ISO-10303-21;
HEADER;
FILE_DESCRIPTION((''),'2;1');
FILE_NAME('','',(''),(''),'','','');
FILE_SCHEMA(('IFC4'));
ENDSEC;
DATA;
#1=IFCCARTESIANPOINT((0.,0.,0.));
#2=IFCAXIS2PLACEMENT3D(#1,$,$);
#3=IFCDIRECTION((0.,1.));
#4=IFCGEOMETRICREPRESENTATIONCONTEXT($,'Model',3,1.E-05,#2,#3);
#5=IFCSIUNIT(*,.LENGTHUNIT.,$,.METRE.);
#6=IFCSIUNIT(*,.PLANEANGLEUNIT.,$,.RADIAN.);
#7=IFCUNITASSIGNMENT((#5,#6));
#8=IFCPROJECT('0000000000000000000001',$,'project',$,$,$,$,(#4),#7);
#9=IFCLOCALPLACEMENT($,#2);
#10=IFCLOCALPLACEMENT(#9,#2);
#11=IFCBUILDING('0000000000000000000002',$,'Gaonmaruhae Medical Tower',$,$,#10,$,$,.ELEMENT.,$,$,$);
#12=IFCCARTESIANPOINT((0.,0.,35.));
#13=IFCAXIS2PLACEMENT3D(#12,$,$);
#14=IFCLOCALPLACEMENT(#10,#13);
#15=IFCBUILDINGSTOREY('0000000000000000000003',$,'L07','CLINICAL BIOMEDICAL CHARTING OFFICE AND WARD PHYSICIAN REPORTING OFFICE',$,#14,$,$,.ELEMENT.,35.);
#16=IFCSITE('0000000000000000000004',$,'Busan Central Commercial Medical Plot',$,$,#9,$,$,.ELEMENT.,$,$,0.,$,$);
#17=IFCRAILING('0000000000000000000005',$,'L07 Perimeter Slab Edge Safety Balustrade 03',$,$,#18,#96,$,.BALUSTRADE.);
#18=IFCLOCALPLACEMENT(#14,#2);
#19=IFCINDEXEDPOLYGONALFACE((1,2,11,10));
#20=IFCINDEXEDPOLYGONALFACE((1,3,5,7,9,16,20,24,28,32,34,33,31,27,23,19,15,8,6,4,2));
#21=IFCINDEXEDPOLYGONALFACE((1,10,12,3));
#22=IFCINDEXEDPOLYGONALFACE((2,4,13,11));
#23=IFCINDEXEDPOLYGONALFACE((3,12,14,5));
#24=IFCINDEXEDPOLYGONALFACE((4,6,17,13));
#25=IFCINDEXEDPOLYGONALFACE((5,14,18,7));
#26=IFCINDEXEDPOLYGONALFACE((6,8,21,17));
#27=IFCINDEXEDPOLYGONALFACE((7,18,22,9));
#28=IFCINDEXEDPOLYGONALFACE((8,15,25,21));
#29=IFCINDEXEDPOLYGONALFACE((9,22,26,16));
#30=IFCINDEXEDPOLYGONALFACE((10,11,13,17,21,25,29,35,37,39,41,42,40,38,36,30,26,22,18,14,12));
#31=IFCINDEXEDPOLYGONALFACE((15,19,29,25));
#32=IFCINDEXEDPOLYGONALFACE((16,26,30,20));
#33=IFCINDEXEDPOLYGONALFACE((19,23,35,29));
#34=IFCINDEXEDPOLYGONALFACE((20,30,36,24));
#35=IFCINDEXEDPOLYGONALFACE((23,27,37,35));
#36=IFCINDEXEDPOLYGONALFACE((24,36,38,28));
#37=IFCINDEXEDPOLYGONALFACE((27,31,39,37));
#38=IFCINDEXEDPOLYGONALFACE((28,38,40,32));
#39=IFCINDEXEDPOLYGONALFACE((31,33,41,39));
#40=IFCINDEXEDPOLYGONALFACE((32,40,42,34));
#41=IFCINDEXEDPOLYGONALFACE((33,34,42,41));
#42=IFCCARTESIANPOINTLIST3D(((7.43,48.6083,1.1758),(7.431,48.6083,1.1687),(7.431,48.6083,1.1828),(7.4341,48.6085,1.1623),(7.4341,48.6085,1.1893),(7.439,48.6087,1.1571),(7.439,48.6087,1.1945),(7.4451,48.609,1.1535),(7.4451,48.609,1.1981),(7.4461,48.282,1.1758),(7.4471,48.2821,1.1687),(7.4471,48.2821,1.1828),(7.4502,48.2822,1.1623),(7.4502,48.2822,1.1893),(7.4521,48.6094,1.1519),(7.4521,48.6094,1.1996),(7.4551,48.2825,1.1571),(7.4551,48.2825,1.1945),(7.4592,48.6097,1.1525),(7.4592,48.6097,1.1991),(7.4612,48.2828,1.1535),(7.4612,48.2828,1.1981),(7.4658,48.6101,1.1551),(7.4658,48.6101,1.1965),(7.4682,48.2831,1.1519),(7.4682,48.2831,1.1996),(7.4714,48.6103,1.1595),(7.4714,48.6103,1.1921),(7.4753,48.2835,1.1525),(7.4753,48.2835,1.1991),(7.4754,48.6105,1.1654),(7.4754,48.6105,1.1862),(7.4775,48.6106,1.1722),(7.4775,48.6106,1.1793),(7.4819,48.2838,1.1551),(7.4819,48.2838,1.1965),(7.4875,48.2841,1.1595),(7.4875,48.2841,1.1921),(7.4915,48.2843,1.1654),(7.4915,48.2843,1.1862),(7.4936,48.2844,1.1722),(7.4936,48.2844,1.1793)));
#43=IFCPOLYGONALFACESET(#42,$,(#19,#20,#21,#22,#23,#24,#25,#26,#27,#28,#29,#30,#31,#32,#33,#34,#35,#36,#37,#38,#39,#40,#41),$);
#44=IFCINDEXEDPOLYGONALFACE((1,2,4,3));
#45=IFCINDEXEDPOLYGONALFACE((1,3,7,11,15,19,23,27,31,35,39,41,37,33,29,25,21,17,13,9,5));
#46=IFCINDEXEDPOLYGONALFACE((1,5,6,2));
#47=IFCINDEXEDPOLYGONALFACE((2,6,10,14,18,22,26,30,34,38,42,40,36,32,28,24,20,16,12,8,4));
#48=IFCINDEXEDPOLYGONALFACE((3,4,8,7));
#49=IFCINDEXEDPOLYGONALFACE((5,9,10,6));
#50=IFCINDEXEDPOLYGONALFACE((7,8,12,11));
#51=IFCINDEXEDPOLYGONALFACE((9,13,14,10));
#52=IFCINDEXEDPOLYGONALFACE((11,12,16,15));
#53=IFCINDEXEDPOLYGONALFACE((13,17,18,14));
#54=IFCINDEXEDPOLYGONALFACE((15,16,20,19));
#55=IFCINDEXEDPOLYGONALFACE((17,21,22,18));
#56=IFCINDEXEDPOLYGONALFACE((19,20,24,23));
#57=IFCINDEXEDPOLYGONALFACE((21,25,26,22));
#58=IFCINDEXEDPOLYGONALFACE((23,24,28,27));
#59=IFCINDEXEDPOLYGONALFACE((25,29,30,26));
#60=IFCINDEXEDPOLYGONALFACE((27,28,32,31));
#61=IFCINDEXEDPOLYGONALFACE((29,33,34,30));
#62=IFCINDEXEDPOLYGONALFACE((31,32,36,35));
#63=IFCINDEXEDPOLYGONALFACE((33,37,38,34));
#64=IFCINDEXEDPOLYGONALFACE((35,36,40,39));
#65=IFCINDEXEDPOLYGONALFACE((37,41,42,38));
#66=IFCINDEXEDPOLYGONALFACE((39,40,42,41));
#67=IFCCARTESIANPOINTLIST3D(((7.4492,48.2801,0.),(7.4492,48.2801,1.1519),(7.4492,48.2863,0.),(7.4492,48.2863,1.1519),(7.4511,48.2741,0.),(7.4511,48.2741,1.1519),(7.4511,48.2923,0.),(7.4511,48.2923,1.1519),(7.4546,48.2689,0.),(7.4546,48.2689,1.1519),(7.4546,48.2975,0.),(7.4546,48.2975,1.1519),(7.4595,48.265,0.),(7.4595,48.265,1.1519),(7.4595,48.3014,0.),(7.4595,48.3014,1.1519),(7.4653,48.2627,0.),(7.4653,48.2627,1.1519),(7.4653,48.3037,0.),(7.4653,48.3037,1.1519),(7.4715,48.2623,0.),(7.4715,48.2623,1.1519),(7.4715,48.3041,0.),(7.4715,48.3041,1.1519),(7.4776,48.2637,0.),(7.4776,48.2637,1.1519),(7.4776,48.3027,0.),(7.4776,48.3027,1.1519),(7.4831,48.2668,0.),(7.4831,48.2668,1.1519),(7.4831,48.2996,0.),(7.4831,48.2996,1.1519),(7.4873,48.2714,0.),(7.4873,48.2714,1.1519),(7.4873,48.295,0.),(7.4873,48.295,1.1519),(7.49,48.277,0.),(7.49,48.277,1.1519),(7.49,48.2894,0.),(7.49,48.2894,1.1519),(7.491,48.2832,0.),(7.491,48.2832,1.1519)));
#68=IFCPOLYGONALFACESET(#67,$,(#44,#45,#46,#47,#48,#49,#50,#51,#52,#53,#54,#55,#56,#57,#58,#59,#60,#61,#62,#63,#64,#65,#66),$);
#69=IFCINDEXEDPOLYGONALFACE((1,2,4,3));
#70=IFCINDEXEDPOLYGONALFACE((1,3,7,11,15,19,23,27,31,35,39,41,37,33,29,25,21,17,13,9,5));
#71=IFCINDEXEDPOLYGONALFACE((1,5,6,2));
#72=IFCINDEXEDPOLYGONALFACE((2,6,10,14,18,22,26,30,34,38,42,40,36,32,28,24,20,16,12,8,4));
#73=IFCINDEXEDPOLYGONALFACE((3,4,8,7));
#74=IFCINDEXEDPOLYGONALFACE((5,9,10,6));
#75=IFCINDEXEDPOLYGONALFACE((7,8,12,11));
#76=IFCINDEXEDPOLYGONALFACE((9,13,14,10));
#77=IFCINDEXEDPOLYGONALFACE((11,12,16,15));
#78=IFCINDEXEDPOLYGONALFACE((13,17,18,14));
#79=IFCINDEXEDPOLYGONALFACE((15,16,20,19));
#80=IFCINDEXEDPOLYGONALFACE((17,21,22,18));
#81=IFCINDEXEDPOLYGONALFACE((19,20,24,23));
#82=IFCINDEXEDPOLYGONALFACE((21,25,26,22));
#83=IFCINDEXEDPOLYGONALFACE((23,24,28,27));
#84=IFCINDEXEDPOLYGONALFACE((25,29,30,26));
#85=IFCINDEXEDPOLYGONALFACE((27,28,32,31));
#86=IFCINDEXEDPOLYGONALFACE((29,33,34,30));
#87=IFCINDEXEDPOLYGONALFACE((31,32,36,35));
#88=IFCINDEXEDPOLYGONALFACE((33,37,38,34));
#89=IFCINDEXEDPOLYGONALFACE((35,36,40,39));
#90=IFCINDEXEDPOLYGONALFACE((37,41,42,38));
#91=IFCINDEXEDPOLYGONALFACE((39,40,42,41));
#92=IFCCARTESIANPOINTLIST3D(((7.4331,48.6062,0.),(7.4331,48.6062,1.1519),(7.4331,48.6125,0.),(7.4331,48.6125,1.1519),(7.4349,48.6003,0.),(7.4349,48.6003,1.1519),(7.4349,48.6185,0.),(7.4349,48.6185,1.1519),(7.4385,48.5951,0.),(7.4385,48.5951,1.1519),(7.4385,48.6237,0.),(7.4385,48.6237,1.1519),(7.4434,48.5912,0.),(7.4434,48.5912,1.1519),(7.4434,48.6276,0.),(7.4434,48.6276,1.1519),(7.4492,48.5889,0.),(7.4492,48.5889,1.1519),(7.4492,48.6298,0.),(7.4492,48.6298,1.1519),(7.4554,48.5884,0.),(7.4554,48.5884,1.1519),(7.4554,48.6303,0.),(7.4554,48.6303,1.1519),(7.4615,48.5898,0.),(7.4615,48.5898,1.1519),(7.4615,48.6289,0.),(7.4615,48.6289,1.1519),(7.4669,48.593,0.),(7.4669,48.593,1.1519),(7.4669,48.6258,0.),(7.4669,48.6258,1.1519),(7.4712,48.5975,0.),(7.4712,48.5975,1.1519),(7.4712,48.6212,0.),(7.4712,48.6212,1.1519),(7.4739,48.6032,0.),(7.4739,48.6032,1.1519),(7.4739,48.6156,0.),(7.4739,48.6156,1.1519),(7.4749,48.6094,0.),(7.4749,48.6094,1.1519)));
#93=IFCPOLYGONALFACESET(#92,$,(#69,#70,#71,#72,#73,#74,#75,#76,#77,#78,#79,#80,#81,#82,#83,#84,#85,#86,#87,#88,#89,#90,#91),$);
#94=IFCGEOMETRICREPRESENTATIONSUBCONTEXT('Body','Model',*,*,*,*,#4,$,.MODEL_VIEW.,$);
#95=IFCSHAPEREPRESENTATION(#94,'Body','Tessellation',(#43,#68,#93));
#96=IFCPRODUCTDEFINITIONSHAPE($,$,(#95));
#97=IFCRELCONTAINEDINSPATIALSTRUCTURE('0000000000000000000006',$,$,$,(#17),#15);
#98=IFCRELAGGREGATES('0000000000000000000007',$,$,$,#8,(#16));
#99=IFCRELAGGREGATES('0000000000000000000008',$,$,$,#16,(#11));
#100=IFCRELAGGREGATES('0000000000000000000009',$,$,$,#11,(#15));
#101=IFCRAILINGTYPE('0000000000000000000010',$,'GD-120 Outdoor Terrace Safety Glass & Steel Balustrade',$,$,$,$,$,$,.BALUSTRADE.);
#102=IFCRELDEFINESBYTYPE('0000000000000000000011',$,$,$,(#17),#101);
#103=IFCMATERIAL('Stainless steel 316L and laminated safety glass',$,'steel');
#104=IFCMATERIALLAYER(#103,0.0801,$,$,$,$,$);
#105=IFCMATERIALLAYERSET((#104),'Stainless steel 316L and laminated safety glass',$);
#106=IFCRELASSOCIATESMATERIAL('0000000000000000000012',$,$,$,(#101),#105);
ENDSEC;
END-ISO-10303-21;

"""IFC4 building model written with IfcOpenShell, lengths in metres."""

from ifc_helpers import new_model, si_unit, direction, frame, origin, origin_2d, place, context, subcontext, project, spatial, circle, extrude, material, layer, layer_set, type_object, element, save


model = new_model("IFC4")

# Units and contexts
model_context = context("Model", 3, precision=1e-05, world=origin(), true_north=direction((0.0, 1.0)))
body_context = subcontext(model_context, "Body", "Model", "MODEL_VIEW")
ifc_project = project(units=[si_unit("LENGTHUNIT", "METRE"), si_unit("PLANEANGLEUNIT", "RADIAN")], contexts=[model_context])

# Site, building, storey
site_placement = place(None, origin())
site = spatial("IfcSite", under=ifc_project, at=site_placement, Name="Busan Central Commercial Medical Plot", CompositionType="ELEMENT", RefElevation=0.0)
building_placement = place(site_placement, origin())
building = spatial("IfcBuilding", under=site, at=building_placement, Name="Gaonmaruhae Medical Tower", CompositionType="ELEMENT")
storey_placement = place(building_placement, frame((0.0, 0.0, 35.0)))
storey = spatial("IfcBuildingStorey", under=building, at=storey_placement, Name="L07", Description="CLINICAL BIOMEDICAL CHARTING OFFICE AND WARD PHYSICIAN REPORTING OFFICE", CompositionType="ELEMENT", Elevation=35.0)

# Railing
ifc_material_1 = material(Name="Stainless steel 316L and laminated safety glass", Category="steel")
ifc_layer_1 = layer(ifc_material_1, 0.0801)
ifc_layer_set_1 = layer_set([ifc_layer_1], Name="Stainless steel 316L and laminated safety glass")
railing_type = type_object("IfcRailingType", Name="GD-120 Outdoor Terrace Safety Glass & Steel Balustrade", PredefinedType="BALUSTRADE", material=ifc_layer_set_1)
railing_1_placement = place(storey_placement, frame((7.47, 48.2832, 0.0)))
element("IfcRailing", 1, at=railing_1_placement, inside=storey, type_object=railing_type, Name="L07 Perimeter Slab Edge Safety Balustrade 03", PredefinedType="BALUSTRADE", context=body_context, shape_type="SweptSolid", body=[
    extrude(circle(Radius=0.0239, at=origin_2d()), frame((0.0, 0.0, 1.1758), z_axis=(-0.049341, 0.998782, 0.0), x_axis=(-0.998782, -0.049341, 0.0)), (0.0, 0.0, 1.0), 0.3267),
    extrude(circle(Radius=0.021, at=origin_2d()), origin(), (0.0, 0.0, 1.0), 1.1519),
    extrude(circle(Radius=0.021, at=origin_2d()), frame((-0.0161, 0.3262, 0.0)), (0.0, 0.0, 1.0), 1.1519),
])

save(model, "model.ifc")
